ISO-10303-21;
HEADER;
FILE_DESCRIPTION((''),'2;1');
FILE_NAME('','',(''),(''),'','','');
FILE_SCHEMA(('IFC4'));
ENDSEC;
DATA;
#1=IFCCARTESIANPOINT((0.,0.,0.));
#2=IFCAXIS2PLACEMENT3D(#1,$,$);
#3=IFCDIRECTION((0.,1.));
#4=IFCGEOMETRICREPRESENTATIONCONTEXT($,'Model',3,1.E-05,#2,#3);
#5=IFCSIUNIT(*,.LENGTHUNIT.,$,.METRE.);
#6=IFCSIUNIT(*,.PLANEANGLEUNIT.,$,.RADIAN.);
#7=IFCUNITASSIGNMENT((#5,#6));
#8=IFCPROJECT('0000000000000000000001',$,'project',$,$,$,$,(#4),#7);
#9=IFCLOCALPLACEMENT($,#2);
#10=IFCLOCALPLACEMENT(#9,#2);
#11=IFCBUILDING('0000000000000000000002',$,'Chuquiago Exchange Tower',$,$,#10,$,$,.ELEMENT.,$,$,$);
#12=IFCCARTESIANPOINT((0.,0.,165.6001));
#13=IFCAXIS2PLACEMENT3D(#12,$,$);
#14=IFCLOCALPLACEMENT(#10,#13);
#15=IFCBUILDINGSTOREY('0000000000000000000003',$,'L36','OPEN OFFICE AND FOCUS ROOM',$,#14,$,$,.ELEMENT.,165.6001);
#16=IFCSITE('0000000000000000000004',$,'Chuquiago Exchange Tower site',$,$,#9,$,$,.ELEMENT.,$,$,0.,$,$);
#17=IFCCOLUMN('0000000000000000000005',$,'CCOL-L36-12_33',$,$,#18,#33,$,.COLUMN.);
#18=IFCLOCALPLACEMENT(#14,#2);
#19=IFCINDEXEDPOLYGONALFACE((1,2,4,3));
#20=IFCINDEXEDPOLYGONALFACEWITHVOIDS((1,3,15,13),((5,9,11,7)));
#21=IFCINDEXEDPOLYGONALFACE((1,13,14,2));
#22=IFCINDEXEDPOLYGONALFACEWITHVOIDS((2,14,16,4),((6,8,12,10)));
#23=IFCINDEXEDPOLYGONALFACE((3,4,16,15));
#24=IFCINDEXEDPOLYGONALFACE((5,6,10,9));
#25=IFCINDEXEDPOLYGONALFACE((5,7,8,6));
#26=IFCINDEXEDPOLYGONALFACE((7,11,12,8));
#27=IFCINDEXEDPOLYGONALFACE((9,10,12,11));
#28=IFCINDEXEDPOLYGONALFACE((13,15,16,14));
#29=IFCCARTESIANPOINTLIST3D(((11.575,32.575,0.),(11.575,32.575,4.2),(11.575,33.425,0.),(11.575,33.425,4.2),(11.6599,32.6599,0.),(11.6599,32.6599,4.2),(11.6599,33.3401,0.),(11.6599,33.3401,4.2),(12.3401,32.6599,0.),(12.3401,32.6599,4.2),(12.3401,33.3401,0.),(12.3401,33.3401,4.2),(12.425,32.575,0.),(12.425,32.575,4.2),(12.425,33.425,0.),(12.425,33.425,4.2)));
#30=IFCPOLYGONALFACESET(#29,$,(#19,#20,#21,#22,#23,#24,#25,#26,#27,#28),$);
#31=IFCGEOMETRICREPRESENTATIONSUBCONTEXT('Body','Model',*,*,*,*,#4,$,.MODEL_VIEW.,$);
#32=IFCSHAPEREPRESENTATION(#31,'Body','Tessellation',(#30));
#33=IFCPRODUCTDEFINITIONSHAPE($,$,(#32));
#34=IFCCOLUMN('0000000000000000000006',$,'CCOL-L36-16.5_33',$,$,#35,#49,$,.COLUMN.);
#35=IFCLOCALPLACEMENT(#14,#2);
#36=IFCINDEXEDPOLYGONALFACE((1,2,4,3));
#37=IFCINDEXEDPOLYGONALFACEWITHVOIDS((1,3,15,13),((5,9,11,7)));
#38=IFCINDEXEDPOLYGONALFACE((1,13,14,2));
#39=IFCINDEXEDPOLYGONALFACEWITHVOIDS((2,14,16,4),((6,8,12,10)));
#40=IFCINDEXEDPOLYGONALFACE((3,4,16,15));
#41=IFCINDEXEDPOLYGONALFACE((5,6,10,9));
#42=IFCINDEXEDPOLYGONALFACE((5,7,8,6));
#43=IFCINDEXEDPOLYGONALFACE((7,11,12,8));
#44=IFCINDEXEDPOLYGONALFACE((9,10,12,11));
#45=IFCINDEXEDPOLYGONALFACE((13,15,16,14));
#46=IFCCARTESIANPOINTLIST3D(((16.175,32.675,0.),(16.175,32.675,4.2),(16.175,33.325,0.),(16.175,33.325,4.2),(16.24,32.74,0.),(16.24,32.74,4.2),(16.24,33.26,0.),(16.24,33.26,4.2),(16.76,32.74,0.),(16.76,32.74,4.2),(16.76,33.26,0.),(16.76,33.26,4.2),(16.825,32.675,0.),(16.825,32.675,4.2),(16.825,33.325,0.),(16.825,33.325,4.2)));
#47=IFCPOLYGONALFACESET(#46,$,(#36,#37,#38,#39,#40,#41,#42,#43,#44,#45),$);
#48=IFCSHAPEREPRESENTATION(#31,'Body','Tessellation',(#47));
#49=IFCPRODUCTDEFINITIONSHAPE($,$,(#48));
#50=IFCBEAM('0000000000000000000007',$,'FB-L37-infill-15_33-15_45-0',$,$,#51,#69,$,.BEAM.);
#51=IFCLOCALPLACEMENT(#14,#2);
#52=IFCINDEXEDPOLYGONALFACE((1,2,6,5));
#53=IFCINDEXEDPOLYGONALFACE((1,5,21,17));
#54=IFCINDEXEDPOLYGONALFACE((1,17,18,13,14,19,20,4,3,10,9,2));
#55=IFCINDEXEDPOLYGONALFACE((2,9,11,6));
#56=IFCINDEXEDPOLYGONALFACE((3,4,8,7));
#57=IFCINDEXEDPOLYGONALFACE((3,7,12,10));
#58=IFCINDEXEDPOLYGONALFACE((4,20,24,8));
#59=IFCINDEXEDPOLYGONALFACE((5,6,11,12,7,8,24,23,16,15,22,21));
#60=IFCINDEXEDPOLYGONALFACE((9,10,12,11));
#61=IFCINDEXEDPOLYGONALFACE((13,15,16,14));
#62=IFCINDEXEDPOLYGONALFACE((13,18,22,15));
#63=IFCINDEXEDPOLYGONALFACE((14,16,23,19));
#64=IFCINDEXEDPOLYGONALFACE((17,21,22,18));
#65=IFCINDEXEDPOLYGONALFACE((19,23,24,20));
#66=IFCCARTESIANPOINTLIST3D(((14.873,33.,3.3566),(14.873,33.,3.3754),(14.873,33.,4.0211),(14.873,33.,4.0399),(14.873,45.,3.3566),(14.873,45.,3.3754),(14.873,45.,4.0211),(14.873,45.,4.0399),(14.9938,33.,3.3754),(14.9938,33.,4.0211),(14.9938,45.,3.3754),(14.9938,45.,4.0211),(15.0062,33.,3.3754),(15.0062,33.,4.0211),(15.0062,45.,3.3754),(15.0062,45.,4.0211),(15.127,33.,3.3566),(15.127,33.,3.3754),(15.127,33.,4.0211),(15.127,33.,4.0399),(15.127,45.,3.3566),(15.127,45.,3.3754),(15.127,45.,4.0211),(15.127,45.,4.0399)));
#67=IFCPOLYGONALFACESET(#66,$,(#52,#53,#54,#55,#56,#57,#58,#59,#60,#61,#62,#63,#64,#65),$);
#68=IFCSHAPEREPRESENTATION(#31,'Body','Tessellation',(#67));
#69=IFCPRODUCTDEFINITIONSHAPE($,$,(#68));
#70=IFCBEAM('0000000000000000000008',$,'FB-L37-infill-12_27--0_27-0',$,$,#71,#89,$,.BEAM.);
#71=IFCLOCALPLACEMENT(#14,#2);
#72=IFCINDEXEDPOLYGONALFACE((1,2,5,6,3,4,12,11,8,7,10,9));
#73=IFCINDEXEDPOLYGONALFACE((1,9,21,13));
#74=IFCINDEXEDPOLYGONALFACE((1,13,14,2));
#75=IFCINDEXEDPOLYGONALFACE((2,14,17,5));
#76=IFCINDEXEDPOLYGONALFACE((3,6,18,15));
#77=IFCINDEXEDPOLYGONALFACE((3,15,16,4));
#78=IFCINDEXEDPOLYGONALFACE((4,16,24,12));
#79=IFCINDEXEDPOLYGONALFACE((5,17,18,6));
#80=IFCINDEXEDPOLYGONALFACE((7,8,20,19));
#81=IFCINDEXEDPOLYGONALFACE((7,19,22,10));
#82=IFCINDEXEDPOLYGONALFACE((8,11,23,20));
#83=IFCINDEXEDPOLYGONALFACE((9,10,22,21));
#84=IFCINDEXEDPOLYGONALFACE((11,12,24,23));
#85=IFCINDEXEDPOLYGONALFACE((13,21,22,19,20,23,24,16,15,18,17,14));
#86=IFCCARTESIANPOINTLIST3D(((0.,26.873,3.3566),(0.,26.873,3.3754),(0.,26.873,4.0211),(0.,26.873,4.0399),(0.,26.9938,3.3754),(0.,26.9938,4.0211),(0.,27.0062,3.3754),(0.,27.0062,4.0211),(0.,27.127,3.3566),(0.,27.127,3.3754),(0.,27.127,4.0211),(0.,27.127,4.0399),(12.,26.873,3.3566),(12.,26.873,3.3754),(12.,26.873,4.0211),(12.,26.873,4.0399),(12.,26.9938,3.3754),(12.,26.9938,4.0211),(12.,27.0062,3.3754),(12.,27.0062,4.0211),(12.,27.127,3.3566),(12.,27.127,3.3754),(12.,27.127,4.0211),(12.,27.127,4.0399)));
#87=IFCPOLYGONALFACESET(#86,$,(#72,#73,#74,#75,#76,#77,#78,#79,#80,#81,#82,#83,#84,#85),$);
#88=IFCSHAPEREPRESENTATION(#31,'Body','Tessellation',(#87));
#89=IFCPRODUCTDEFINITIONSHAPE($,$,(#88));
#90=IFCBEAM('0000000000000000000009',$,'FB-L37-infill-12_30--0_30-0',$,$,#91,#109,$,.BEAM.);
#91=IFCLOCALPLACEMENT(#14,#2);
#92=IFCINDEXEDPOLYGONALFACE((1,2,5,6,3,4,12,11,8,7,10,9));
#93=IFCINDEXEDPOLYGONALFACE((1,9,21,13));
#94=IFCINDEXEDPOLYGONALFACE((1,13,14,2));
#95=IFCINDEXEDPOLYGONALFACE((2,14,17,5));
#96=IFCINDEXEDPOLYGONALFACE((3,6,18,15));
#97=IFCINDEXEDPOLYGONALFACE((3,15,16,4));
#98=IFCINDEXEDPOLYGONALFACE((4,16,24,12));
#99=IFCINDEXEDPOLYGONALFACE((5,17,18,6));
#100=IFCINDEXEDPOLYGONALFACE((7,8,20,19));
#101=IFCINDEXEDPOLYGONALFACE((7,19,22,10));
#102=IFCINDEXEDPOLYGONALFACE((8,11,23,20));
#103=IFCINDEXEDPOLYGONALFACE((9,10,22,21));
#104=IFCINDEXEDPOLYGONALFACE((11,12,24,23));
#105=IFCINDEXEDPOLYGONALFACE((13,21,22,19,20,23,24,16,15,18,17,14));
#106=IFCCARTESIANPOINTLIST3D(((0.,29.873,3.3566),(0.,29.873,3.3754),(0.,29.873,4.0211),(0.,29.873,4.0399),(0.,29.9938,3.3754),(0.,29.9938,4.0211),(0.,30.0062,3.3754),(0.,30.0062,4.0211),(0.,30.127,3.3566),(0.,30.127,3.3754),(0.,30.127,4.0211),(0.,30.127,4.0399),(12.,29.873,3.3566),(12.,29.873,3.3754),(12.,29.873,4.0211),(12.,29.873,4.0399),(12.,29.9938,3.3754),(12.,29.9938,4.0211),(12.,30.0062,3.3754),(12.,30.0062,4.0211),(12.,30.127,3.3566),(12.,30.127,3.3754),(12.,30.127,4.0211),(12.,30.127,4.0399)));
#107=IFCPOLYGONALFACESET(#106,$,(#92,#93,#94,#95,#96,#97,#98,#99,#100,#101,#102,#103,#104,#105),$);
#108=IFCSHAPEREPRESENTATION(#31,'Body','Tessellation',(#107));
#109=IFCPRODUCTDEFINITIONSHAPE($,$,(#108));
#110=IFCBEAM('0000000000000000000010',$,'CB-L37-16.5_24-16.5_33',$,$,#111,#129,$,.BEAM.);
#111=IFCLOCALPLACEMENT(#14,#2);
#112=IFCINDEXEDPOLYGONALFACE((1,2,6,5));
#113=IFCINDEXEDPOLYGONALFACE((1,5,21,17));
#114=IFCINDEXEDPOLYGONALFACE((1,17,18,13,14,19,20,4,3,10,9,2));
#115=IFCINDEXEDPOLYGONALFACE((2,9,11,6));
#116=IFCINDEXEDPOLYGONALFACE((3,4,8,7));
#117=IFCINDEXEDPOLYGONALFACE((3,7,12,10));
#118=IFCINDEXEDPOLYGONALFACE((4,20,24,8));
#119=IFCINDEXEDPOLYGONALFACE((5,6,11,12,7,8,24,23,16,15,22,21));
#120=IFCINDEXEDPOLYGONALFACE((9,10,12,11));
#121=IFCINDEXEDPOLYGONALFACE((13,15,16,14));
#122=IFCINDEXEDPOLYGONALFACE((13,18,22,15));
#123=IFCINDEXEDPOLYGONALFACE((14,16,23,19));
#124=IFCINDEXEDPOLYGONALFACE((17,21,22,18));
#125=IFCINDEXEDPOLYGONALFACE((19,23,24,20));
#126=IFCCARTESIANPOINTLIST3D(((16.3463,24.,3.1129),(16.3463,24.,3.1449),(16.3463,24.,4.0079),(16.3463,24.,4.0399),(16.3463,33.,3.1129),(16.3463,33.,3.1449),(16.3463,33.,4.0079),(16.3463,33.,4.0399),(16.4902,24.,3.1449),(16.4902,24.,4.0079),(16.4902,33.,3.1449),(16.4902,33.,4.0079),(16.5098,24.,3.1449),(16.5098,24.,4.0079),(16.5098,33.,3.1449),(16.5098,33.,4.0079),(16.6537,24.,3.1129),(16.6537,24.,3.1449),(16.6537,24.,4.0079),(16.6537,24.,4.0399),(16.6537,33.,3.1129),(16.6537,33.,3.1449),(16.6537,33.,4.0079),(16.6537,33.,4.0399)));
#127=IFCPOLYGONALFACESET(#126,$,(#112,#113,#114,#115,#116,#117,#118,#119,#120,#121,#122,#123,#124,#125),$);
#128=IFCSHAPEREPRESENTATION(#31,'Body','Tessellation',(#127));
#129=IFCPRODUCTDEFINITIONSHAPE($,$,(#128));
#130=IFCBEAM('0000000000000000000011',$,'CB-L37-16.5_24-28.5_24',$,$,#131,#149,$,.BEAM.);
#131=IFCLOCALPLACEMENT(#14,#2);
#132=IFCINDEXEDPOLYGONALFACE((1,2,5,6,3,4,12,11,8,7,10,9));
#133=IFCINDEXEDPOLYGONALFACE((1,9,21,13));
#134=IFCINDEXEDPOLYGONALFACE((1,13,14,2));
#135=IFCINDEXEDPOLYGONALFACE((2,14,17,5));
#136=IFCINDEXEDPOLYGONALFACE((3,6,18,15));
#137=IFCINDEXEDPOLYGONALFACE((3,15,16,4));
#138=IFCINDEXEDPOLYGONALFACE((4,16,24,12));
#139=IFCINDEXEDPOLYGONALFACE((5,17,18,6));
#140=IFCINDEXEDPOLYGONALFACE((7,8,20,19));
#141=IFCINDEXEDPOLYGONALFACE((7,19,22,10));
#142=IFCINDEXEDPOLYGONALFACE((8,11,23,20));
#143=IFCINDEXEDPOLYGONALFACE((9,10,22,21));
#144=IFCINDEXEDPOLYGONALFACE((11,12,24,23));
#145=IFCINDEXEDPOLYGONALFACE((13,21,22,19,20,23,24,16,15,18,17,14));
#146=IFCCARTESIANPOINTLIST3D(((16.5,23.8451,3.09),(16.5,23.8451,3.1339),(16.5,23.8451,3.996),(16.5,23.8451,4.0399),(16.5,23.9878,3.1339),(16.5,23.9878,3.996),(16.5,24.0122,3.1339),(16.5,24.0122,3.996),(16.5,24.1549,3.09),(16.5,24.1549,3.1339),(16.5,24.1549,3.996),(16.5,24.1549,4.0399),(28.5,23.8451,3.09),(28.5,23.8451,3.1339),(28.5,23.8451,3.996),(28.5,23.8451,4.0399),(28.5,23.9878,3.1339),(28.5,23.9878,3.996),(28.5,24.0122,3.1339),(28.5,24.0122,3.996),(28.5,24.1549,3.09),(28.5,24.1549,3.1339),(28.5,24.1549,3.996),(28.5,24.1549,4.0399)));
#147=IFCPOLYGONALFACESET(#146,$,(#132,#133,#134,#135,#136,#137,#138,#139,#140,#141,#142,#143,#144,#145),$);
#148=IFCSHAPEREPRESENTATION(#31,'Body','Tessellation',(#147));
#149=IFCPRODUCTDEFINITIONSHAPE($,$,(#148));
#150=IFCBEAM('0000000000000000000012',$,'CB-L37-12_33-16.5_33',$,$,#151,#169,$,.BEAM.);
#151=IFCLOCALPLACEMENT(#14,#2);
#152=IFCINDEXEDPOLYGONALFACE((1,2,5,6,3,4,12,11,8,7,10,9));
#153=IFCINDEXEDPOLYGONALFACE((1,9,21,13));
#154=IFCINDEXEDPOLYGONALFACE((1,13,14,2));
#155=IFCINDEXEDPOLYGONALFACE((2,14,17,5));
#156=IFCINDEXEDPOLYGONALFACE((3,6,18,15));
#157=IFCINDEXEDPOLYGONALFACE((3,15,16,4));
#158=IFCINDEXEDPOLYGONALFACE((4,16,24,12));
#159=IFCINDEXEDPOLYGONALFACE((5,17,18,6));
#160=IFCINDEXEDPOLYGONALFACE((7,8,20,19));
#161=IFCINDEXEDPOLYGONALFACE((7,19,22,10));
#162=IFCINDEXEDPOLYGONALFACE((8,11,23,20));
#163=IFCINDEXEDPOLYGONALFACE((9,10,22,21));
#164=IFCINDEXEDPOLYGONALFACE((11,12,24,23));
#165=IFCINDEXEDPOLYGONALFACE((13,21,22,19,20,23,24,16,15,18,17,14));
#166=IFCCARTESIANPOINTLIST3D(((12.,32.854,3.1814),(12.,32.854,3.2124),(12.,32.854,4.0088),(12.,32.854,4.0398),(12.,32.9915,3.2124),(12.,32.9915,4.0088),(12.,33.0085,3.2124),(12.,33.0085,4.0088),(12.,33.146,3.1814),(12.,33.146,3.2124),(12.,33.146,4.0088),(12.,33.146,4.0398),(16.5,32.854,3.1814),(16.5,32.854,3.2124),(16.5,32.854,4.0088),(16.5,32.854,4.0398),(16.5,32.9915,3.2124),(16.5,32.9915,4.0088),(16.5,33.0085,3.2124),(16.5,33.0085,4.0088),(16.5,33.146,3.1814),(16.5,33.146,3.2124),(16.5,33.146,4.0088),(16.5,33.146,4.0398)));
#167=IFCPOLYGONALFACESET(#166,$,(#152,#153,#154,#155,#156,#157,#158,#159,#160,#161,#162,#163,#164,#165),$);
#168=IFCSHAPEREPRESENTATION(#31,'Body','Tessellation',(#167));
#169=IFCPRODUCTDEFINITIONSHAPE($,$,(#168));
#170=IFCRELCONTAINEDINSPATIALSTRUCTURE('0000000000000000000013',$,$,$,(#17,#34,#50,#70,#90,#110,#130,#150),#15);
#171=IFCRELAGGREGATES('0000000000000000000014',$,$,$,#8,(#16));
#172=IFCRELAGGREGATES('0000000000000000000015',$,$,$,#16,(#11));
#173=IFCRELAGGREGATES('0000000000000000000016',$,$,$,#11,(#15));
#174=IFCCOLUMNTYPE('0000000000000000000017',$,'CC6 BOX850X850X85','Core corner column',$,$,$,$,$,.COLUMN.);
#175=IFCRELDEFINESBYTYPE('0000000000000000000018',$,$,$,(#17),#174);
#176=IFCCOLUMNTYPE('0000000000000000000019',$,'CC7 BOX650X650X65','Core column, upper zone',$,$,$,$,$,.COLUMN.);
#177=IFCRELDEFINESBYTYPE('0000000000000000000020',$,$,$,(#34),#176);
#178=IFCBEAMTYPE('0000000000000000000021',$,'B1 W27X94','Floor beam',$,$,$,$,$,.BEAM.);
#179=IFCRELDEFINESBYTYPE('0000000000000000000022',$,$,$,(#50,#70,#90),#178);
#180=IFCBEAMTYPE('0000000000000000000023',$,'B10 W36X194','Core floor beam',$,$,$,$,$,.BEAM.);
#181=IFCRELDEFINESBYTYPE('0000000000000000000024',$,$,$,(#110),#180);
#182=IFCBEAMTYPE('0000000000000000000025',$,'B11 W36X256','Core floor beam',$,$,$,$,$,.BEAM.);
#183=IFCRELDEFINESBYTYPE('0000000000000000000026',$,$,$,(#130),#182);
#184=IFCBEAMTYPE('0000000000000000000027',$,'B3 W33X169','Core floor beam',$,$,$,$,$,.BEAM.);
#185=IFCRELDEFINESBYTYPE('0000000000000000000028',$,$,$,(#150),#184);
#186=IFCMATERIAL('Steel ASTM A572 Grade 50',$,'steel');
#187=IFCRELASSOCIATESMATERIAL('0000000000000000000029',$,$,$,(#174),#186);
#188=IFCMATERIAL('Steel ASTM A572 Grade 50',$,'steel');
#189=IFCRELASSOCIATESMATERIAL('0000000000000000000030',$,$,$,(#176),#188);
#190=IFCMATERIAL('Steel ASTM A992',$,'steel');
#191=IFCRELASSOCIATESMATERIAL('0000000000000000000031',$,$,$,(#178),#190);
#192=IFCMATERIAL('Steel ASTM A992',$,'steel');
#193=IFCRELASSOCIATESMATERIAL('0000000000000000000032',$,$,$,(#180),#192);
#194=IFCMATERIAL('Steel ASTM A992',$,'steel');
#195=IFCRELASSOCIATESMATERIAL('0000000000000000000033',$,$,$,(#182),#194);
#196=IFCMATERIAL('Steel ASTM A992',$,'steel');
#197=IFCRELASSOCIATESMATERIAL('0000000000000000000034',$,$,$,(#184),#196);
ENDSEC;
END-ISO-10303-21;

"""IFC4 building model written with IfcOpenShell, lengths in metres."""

from ifc_helpers import new_model, si_unit, direction, frame, origin, origin_2d, place, context, subcontext, project, spatial, hollow_rectangle, i_section, extrude, material, material_profile, profile_set, type_object, element, save


model = new_model("IFC4")

# Units and contexts
model_context = context("Model", 3, precision=1e-05, world=origin(), true_north=direction((0.0, 1.0)))
body_context = subcontext(model_context, "Body", "Model", "MODEL_VIEW")
ifc_project = project(units=[si_unit("LENGTHUNIT", "METRE"), si_unit("PLANEANGLEUNIT", "RADIAN")], contexts=[model_context])

# Site, building, storey
site_placement = place(None, origin())
site = spatial("IfcSite", under=ifc_project, at=site_placement, Name="Chuquiago Exchange Tower site", CompositionType="ELEMENT", RefElevation=0.0)
building_placement = place(site_placement, origin())
building = spatial("IfcBuilding", under=site, at=building_placement, Name="Chuquiago Exchange Tower", CompositionType="ELEMENT")
storey_placement = place(building_placement, frame((0.0, 0.0, 165.6001)))
storey = spatial("IfcBuildingStorey", under=building, at=storey_placement, Name="L36", Description="OPEN OFFICE AND FOCUS ROOM", CompositionType="ELEMENT", Elevation=165.6001)

# Columns
ifc_material_1 = material(Name="Steel ASTM A572 Grade 50", Category="steel")
ifc_material_profile_1 = material_profile(ifc_material_1, hollow_rectangle(XDim=0.8501, YDim=0.8501, WallThickness=0.085, at=origin_2d()), Name="BOX850X850X85")
ifc_profile_set_1 = profile_set([ifc_material_profile_1], Name="Steel ASTM A572 Grade 50")
column_type_1 = type_object("IfcColumnType", Name="CC6 BOX850X850X85", Description="Core corner column", PredefinedType="COLUMN", material=ifc_profile_set_1)
column_1_placement = place(storey_placement, frame((12.0, 33.0, 0.0), z_axis=(0.0, 0.0, 1.0), x_axis=(1.0, 0.0, 0.0)))
element("IfcColumn", 1, at=column_1_placement, inside=storey, type_object=column_type_1, Name="CCOL-L36-12_33", PredefinedType="COLUMN", context=body_context, shape_type="SweptSolid", body=[
    extrude(hollow_rectangle(XDim=0.8501, YDim=0.8501, WallThickness=0.085, at=origin_2d()), origin(), (0.0, 0.0, 1.0), 4.2),
])
ifc_material_2 = material(Name="Steel ASTM A572 Grade 50", Category="steel")
ifc_material_profile_2 = material_profile(ifc_material_2, hollow_rectangle(XDim=0.6499, YDim=0.6499, WallThickness=0.0649, at=origin_2d()), Name="BOX650X650X65")
ifc_profile_set_2 = profile_set([ifc_material_profile_2], Name="Steel ASTM A572 Grade 50")
column_type_2 = type_object("IfcColumnType", Name="CC7 BOX650X650X65", Description="Core column, upper zone", PredefinedType="COLUMN", material=ifc_profile_set_2)
column_2_placement = place(storey_placement, frame((16.5, 33.0, 0.0), z_axis=(0.0, 0.0, 1.0), x_axis=(1.0, 0.0, 0.0)))
element("IfcColumn", 2, at=column_2_placement, inside=storey, type_object=column_type_2, Name="CCOL-L36-16.5_33", PredefinedType="COLUMN", context=body_context, shape_type="SweptSolid", body=[
    extrude(hollow_rectangle(XDim=0.6499, YDim=0.6499, WallThickness=0.0649, at=origin_2d()), origin(), (0.0, 0.0, 1.0), 4.2),
])

# Beams
ifc_material_3 = material(Name="Steel ASTM A992", Category="steel")
ifc_material_profile_3 = material_profile(ifc_material_3, i_section(OverallWidth=0.2539, OverallDepth=0.6833, WebThickness=0.0125, FlangeThickness=0.0188, at=origin_2d()), Name="W27X94")
ifc_profile_set_3 = profile_set([ifc_material_profile_3], Name="Steel ASTM A992")
beam_type_1 = type_object("IfcBeamType", Name="B1 W27X94", Description="Floor beam", PredefinedType="BEAM", material=ifc_profile_set_3)
for number, where, z_axis, x_axis, name in (
    (3, (15.0, 33.0, 3.6982), (0.0, 1.0, 0.0), (-1.0, 0.0, 0.0), "FB-L37-infill-15_33-15_45-0"),
    (4, (12.0, 27.0, 3.6982), (-1.0, 0.0, 0.0), (0.0, -1.0, 0.0), "FB-L37-infill-12_27--0_27-0"),
    (5, (12.0, 30.0, 3.6982), (-1.0, 0.0, 0.0), (0.0, -1.0, 0.0), "FB-L37-infill-12_30--0_30-0"),
):
    element("IfcBeam", number, at=place(storey_placement, frame(where, z_axis=z_axis, x_axis=x_axis)), inside=storey, type_object=beam_type_1, Name=name, PredefinedType="BEAM", context=body_context, shape_type="SweptSolid", body=[
        extrude(i_section(OverallWidth=0.2539, OverallDepth=0.6833, WebThickness=0.0125, FlangeThickness=0.0188, at=origin_2d()), origin(), (0.0, 0.0, 1.0), 12.0),
    ])
ifc_material_4 = material(Name="Steel ASTM A992", Category="steel")
ifc_material_profile_4 = material_profile(ifc_material_4, i_section(OverallWidth=0.3074, OverallDepth=0.927, WebThickness=0.0195, FlangeThickness=0.032, at=origin_2d()), Name="W36X194")
ifc_profile_set_4 = profile_set([ifc_material_profile_4], Name="Steel ASTM A992")
beam_type_2 = type_object("IfcBeamType", Name="B10 W36X194", Description="Core floor beam", PredefinedType="BEAM", material=ifc_profile_set_4)
beam_1_placement = place(storey_placement, frame((16.5, 24.0, 3.5764), z_axis=(0.0, 1.0, 0.0), x_axis=(-1.0, 0.0, 0.0)))
element("IfcBeam", 6, at=beam_1_placement, inside=storey, type_object=beam_type_2, Name="CB-L37-16.5_24-16.5_33", PredefinedType="BEAM", context=body_context, shape_type="SweptSolid", body=[
    extrude(i_section(OverallWidth=0.3074, OverallDepth=0.927, WebThickness=0.0195, FlangeThickness=0.032, at=origin_2d()), origin(), (0.0, 0.0, 1.0), 9.0),
])
ifc_material_5 = material(Name="Steel ASTM A992", Category="steel")
ifc_material_profile_5 = material_profile(ifc_material_5, i_section(OverallWidth=0.3098, OverallDepth=0.95, WebThickness=0.0244, FlangeThickness=0.0439, at=origin_2d()), Name="W36X256")
ifc_profile_set_5 = profile_set([ifc_material_profile_5], Name="Steel ASTM A992")
beam_type_3 = type_object("IfcBeamType", Name="B11 W36X256", Description="Core floor beam", PredefinedType="BEAM", material=ifc_profile_set_5)
beam_2_placement = place(storey_placement, frame((16.5, 24.0, 3.5649), z_axis=(1.0, 0.0, 0.0), x_axis=(0.0, 1.0, 0.0)))
element("IfcBeam", 7, at=beam_2_placement, inside=storey, type_object=beam_type_3, Name="CB-L37-16.5_24-28.5_24", PredefinedType="BEAM", context=body_context, shape_type="SweptSolid", body=[
    extrude(i_section(OverallWidth=0.3098, OverallDepth=0.95, WebThickness=0.0244, FlangeThickness=0.0439, at=origin_2d()), origin(), (0.0, 0.0, 1.0), 12.0),
])
ifc_material_6 = material(Name="Steel ASTM A992", Category="steel")
ifc_material_profile_6 = material_profile(ifc_material_6, i_section(OverallWidth=0.292, OverallDepth=0.8584, WebThickness=0.0171, FlangeThickness=0.031, at=origin_2d()), Name="W33X169")
ifc_profile_set_6 = profile_set([ifc_material_profile_6], Name="Steel ASTM A992")
beam_type_4 = type_object("IfcBeamType", Name="B3 W33X169", Description="Core floor beam", PredefinedType="BEAM", material=ifc_profile_set_6)
beam_3_placement = place(storey_placement, frame((12.0, 33.0, 3.6106), z_axis=(1.0, 0.0, 0.0), x_axis=(0.0, 1.0, 0.0)))
element("IfcBeam", 8, at=beam_3_placement, inside=storey, type_object=beam_type_4, Name="CB-L37-12_33-16.5_33", PredefinedType="BEAM", context=body_context, shape_type="SweptSolid", body=[
    extrude(i_section(OverallWidth=0.292, OverallDepth=0.8584, WebThickness=0.0171, FlangeThickness=0.031, at=origin_2d()), origin(), (0.0, 0.0, 1.0), 4.5),
])

save(model, "model.ifc")
